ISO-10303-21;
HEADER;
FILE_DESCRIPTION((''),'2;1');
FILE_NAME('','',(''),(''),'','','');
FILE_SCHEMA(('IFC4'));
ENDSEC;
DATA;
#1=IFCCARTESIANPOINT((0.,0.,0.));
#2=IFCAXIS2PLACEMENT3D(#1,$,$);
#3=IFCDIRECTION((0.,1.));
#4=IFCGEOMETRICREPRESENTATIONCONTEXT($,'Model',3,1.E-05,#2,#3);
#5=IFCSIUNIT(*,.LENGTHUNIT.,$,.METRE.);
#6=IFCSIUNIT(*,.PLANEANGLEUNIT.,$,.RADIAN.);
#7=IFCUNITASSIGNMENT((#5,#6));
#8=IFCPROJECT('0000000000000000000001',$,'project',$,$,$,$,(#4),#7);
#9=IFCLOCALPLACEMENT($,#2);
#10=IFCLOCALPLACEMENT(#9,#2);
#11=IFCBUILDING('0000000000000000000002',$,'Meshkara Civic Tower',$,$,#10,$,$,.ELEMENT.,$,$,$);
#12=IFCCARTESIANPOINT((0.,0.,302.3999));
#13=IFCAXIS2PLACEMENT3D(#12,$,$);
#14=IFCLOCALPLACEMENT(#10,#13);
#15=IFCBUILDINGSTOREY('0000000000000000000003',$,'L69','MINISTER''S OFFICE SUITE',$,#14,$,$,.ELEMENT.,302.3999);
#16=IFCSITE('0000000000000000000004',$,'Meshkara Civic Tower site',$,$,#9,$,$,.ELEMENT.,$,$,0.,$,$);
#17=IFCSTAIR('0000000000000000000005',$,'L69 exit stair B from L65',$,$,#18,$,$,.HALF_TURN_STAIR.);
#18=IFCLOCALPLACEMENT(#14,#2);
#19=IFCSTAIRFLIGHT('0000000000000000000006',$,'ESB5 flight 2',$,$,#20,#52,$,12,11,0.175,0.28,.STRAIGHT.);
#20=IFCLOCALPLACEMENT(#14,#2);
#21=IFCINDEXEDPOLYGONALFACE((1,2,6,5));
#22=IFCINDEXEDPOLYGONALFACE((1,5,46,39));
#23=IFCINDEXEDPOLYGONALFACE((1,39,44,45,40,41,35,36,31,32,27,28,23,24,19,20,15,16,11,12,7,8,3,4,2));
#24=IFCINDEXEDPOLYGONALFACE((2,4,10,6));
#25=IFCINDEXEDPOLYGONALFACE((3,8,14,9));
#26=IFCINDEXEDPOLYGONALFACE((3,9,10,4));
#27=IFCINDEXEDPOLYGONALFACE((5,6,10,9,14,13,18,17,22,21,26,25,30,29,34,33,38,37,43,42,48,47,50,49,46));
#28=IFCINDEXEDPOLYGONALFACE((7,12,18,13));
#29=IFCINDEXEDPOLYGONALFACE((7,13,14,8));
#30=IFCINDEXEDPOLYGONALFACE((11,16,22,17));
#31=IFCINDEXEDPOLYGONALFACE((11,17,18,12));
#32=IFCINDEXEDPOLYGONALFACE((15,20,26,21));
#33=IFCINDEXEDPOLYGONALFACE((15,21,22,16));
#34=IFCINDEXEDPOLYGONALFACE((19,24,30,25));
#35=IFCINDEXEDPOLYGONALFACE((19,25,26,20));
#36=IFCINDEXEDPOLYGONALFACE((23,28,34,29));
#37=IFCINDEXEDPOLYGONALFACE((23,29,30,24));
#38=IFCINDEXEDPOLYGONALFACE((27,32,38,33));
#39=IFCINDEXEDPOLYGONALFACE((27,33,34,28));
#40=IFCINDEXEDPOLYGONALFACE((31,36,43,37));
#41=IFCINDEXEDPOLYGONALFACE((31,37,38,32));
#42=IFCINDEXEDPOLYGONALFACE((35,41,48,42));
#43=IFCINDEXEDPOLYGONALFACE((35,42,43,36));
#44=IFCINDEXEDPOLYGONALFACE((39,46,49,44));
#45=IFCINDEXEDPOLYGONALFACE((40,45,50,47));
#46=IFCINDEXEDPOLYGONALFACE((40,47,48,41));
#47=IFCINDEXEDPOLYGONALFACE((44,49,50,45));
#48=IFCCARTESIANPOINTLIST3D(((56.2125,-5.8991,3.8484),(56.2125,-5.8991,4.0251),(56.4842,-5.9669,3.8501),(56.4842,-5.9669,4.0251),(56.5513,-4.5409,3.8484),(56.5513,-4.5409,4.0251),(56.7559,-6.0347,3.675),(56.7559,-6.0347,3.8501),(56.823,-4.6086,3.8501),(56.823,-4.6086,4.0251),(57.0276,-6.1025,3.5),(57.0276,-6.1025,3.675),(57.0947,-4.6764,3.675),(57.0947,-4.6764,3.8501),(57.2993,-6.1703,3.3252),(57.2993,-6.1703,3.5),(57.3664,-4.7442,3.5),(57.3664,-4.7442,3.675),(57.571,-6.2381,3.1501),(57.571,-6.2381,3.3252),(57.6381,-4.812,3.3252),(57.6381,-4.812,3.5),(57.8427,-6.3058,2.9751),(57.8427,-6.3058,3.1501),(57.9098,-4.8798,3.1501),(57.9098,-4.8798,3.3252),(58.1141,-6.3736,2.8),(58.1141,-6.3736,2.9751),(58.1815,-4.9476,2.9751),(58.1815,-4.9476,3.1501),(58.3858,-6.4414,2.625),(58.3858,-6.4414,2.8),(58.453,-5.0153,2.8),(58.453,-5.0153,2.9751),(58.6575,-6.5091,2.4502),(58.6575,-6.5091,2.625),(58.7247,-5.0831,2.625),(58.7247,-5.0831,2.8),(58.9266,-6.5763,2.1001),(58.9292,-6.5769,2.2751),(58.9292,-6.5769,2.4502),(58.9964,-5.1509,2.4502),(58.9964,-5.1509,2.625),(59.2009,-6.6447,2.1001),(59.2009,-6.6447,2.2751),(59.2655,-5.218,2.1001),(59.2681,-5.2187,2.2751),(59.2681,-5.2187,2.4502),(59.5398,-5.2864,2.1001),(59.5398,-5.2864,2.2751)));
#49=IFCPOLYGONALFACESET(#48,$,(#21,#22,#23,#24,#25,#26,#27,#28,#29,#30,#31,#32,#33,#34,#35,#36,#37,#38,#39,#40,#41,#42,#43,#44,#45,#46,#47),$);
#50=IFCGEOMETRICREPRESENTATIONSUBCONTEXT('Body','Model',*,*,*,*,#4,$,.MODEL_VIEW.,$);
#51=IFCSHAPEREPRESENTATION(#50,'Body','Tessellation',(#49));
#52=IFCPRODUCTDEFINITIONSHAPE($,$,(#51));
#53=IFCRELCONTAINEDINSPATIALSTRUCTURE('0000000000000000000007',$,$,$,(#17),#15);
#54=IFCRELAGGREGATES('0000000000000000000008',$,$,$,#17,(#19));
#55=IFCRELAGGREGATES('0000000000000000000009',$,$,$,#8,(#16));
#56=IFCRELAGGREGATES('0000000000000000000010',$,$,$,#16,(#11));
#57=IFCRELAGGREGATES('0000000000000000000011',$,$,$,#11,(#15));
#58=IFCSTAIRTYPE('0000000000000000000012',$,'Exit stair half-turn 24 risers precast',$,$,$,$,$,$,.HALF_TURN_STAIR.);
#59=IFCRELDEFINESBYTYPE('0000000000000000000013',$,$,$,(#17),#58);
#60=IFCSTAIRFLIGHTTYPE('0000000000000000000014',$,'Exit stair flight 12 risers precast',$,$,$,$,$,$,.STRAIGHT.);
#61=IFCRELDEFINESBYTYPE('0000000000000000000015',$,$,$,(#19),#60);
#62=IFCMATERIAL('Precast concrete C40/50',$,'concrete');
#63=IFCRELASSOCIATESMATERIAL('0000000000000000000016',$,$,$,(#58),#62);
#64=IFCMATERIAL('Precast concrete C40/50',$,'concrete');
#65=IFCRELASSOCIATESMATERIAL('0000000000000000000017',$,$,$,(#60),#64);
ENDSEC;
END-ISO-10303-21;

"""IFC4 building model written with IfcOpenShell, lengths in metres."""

from ifc_helpers import new_model, si_unit, direction, frame, origin, place, context, subcontext, project, spatial, polyline, outline, extrude, material, type_object, element, aggregate, save


model = new_model("IFC4")

# Units and contexts
model_context = context("Model", 3, precision=1e-05, world=origin(), true_north=direction((0.0, 1.0)))
body_context = subcontext(model_context, "Body", "Model", "MODEL_VIEW")
ifc_project = project(units=[si_unit("LENGTHUNIT", "METRE"), si_unit("PLANEANGLEUNIT", "RADIAN")], contexts=[model_context])

# Site, building, storey
site_placement = place(None, origin())
site = spatial("IfcSite", under=ifc_project, at=site_placement, Name="Meshkara Civic Tower site", CompositionType="ELEMENT", RefElevation=0.0)
building_placement = place(site_placement, origin())
building = spatial("IfcBuilding", under=site, at=building_placement, Name="Meshkara Civic Tower", CompositionType="ELEMENT")
storey_placement = place(building_placement, frame((0.0, 0.0, 302.3999)))
storey = spatial("IfcBuildingStorey", under=building, at=storey_placement, Name="L69", Description="MINISTER'S OFFICE SUITE", CompositionType="ELEMENT", Elevation=302.3999)

# Stair, stair flight
ifc_material_1 = material(Name="Precast concrete C40/50", Category="concrete")
stair_type = type_object("IfcStairType", Name="Exit stair half-turn 24 risers precast", PredefinedType="HALF_TURN_STAIR", material=ifc_material_1)
stair_placement = place(storey_placement, origin())
stair = element("IfcStair", 1, at=stair_placement, inside=storey, type_object=stair_type, Name="L69 exit stair B from L65", PredefinedType="HALF_TURN_STAIR")
ifc_material_2 = material(Name="Precast concrete C40/50", Category="concrete")
stair_flight_type = type_object("IfcStairFlightType", Name="Exit stair flight 12 risers precast", PredefinedType="STRAIGHT", material=ifc_material_2)
stair_flight_1_placement = place(storey_placement, frame((59.3704, -5.9656, 2.1001), z_axis=(0.0, 0.0, 1.0), x_axis=(-0.97026, 0.242065, 0.0)))
stair_flight_1 = element("IfcStairFlight", 2, at=stair_flight_1_placement, type_object=stair_flight_type, Name="ESB5 flight 2", NumberOfRisers=12, NumberOfTreads=11, PredefinedType="STRAIGHT", RiserHeight=0.175, TreadLength=0.28, context=body_context, shape_type="SweptSolid", body=[
    extrude(outline(polyline([(0.0, 0.0), (0.0, 0.175), (0.28, 0.175), (0.28, 0.3501), (0.5601, 0.3501), (0.5601, 0.5249), (0.8401, 0.5249), (0.8401, 0.7), (1.1201, 0.7), (1.1201, 0.875), (1.3999, 0.875), (1.3999, 1.05), (1.6799, 1.05), (1.6799, 1.2251), (1.96, 1.2251), (1.96, 1.3999), (2.24, 1.3999), (2.24, 1.575), (2.52, 1.575), (2.52, 1.75), (2.8, 1.75), (2.8, 1.925), (3.0801, 1.925), (3.0801, 2.1001), (3.0801, 1.7483), (0.2827, 0.0), (0.0, 0.0)])), frame((0.0, 0.7, 0.0), z_axis=(0.0, -1.0, 0.0), x_axis=(1.0, 0.0, 0.0)), (0.0, 0.0, 1.0), 1.3999),
])
aggregate(stair, [stair_flight_1])

save(model, "model.ifc")
